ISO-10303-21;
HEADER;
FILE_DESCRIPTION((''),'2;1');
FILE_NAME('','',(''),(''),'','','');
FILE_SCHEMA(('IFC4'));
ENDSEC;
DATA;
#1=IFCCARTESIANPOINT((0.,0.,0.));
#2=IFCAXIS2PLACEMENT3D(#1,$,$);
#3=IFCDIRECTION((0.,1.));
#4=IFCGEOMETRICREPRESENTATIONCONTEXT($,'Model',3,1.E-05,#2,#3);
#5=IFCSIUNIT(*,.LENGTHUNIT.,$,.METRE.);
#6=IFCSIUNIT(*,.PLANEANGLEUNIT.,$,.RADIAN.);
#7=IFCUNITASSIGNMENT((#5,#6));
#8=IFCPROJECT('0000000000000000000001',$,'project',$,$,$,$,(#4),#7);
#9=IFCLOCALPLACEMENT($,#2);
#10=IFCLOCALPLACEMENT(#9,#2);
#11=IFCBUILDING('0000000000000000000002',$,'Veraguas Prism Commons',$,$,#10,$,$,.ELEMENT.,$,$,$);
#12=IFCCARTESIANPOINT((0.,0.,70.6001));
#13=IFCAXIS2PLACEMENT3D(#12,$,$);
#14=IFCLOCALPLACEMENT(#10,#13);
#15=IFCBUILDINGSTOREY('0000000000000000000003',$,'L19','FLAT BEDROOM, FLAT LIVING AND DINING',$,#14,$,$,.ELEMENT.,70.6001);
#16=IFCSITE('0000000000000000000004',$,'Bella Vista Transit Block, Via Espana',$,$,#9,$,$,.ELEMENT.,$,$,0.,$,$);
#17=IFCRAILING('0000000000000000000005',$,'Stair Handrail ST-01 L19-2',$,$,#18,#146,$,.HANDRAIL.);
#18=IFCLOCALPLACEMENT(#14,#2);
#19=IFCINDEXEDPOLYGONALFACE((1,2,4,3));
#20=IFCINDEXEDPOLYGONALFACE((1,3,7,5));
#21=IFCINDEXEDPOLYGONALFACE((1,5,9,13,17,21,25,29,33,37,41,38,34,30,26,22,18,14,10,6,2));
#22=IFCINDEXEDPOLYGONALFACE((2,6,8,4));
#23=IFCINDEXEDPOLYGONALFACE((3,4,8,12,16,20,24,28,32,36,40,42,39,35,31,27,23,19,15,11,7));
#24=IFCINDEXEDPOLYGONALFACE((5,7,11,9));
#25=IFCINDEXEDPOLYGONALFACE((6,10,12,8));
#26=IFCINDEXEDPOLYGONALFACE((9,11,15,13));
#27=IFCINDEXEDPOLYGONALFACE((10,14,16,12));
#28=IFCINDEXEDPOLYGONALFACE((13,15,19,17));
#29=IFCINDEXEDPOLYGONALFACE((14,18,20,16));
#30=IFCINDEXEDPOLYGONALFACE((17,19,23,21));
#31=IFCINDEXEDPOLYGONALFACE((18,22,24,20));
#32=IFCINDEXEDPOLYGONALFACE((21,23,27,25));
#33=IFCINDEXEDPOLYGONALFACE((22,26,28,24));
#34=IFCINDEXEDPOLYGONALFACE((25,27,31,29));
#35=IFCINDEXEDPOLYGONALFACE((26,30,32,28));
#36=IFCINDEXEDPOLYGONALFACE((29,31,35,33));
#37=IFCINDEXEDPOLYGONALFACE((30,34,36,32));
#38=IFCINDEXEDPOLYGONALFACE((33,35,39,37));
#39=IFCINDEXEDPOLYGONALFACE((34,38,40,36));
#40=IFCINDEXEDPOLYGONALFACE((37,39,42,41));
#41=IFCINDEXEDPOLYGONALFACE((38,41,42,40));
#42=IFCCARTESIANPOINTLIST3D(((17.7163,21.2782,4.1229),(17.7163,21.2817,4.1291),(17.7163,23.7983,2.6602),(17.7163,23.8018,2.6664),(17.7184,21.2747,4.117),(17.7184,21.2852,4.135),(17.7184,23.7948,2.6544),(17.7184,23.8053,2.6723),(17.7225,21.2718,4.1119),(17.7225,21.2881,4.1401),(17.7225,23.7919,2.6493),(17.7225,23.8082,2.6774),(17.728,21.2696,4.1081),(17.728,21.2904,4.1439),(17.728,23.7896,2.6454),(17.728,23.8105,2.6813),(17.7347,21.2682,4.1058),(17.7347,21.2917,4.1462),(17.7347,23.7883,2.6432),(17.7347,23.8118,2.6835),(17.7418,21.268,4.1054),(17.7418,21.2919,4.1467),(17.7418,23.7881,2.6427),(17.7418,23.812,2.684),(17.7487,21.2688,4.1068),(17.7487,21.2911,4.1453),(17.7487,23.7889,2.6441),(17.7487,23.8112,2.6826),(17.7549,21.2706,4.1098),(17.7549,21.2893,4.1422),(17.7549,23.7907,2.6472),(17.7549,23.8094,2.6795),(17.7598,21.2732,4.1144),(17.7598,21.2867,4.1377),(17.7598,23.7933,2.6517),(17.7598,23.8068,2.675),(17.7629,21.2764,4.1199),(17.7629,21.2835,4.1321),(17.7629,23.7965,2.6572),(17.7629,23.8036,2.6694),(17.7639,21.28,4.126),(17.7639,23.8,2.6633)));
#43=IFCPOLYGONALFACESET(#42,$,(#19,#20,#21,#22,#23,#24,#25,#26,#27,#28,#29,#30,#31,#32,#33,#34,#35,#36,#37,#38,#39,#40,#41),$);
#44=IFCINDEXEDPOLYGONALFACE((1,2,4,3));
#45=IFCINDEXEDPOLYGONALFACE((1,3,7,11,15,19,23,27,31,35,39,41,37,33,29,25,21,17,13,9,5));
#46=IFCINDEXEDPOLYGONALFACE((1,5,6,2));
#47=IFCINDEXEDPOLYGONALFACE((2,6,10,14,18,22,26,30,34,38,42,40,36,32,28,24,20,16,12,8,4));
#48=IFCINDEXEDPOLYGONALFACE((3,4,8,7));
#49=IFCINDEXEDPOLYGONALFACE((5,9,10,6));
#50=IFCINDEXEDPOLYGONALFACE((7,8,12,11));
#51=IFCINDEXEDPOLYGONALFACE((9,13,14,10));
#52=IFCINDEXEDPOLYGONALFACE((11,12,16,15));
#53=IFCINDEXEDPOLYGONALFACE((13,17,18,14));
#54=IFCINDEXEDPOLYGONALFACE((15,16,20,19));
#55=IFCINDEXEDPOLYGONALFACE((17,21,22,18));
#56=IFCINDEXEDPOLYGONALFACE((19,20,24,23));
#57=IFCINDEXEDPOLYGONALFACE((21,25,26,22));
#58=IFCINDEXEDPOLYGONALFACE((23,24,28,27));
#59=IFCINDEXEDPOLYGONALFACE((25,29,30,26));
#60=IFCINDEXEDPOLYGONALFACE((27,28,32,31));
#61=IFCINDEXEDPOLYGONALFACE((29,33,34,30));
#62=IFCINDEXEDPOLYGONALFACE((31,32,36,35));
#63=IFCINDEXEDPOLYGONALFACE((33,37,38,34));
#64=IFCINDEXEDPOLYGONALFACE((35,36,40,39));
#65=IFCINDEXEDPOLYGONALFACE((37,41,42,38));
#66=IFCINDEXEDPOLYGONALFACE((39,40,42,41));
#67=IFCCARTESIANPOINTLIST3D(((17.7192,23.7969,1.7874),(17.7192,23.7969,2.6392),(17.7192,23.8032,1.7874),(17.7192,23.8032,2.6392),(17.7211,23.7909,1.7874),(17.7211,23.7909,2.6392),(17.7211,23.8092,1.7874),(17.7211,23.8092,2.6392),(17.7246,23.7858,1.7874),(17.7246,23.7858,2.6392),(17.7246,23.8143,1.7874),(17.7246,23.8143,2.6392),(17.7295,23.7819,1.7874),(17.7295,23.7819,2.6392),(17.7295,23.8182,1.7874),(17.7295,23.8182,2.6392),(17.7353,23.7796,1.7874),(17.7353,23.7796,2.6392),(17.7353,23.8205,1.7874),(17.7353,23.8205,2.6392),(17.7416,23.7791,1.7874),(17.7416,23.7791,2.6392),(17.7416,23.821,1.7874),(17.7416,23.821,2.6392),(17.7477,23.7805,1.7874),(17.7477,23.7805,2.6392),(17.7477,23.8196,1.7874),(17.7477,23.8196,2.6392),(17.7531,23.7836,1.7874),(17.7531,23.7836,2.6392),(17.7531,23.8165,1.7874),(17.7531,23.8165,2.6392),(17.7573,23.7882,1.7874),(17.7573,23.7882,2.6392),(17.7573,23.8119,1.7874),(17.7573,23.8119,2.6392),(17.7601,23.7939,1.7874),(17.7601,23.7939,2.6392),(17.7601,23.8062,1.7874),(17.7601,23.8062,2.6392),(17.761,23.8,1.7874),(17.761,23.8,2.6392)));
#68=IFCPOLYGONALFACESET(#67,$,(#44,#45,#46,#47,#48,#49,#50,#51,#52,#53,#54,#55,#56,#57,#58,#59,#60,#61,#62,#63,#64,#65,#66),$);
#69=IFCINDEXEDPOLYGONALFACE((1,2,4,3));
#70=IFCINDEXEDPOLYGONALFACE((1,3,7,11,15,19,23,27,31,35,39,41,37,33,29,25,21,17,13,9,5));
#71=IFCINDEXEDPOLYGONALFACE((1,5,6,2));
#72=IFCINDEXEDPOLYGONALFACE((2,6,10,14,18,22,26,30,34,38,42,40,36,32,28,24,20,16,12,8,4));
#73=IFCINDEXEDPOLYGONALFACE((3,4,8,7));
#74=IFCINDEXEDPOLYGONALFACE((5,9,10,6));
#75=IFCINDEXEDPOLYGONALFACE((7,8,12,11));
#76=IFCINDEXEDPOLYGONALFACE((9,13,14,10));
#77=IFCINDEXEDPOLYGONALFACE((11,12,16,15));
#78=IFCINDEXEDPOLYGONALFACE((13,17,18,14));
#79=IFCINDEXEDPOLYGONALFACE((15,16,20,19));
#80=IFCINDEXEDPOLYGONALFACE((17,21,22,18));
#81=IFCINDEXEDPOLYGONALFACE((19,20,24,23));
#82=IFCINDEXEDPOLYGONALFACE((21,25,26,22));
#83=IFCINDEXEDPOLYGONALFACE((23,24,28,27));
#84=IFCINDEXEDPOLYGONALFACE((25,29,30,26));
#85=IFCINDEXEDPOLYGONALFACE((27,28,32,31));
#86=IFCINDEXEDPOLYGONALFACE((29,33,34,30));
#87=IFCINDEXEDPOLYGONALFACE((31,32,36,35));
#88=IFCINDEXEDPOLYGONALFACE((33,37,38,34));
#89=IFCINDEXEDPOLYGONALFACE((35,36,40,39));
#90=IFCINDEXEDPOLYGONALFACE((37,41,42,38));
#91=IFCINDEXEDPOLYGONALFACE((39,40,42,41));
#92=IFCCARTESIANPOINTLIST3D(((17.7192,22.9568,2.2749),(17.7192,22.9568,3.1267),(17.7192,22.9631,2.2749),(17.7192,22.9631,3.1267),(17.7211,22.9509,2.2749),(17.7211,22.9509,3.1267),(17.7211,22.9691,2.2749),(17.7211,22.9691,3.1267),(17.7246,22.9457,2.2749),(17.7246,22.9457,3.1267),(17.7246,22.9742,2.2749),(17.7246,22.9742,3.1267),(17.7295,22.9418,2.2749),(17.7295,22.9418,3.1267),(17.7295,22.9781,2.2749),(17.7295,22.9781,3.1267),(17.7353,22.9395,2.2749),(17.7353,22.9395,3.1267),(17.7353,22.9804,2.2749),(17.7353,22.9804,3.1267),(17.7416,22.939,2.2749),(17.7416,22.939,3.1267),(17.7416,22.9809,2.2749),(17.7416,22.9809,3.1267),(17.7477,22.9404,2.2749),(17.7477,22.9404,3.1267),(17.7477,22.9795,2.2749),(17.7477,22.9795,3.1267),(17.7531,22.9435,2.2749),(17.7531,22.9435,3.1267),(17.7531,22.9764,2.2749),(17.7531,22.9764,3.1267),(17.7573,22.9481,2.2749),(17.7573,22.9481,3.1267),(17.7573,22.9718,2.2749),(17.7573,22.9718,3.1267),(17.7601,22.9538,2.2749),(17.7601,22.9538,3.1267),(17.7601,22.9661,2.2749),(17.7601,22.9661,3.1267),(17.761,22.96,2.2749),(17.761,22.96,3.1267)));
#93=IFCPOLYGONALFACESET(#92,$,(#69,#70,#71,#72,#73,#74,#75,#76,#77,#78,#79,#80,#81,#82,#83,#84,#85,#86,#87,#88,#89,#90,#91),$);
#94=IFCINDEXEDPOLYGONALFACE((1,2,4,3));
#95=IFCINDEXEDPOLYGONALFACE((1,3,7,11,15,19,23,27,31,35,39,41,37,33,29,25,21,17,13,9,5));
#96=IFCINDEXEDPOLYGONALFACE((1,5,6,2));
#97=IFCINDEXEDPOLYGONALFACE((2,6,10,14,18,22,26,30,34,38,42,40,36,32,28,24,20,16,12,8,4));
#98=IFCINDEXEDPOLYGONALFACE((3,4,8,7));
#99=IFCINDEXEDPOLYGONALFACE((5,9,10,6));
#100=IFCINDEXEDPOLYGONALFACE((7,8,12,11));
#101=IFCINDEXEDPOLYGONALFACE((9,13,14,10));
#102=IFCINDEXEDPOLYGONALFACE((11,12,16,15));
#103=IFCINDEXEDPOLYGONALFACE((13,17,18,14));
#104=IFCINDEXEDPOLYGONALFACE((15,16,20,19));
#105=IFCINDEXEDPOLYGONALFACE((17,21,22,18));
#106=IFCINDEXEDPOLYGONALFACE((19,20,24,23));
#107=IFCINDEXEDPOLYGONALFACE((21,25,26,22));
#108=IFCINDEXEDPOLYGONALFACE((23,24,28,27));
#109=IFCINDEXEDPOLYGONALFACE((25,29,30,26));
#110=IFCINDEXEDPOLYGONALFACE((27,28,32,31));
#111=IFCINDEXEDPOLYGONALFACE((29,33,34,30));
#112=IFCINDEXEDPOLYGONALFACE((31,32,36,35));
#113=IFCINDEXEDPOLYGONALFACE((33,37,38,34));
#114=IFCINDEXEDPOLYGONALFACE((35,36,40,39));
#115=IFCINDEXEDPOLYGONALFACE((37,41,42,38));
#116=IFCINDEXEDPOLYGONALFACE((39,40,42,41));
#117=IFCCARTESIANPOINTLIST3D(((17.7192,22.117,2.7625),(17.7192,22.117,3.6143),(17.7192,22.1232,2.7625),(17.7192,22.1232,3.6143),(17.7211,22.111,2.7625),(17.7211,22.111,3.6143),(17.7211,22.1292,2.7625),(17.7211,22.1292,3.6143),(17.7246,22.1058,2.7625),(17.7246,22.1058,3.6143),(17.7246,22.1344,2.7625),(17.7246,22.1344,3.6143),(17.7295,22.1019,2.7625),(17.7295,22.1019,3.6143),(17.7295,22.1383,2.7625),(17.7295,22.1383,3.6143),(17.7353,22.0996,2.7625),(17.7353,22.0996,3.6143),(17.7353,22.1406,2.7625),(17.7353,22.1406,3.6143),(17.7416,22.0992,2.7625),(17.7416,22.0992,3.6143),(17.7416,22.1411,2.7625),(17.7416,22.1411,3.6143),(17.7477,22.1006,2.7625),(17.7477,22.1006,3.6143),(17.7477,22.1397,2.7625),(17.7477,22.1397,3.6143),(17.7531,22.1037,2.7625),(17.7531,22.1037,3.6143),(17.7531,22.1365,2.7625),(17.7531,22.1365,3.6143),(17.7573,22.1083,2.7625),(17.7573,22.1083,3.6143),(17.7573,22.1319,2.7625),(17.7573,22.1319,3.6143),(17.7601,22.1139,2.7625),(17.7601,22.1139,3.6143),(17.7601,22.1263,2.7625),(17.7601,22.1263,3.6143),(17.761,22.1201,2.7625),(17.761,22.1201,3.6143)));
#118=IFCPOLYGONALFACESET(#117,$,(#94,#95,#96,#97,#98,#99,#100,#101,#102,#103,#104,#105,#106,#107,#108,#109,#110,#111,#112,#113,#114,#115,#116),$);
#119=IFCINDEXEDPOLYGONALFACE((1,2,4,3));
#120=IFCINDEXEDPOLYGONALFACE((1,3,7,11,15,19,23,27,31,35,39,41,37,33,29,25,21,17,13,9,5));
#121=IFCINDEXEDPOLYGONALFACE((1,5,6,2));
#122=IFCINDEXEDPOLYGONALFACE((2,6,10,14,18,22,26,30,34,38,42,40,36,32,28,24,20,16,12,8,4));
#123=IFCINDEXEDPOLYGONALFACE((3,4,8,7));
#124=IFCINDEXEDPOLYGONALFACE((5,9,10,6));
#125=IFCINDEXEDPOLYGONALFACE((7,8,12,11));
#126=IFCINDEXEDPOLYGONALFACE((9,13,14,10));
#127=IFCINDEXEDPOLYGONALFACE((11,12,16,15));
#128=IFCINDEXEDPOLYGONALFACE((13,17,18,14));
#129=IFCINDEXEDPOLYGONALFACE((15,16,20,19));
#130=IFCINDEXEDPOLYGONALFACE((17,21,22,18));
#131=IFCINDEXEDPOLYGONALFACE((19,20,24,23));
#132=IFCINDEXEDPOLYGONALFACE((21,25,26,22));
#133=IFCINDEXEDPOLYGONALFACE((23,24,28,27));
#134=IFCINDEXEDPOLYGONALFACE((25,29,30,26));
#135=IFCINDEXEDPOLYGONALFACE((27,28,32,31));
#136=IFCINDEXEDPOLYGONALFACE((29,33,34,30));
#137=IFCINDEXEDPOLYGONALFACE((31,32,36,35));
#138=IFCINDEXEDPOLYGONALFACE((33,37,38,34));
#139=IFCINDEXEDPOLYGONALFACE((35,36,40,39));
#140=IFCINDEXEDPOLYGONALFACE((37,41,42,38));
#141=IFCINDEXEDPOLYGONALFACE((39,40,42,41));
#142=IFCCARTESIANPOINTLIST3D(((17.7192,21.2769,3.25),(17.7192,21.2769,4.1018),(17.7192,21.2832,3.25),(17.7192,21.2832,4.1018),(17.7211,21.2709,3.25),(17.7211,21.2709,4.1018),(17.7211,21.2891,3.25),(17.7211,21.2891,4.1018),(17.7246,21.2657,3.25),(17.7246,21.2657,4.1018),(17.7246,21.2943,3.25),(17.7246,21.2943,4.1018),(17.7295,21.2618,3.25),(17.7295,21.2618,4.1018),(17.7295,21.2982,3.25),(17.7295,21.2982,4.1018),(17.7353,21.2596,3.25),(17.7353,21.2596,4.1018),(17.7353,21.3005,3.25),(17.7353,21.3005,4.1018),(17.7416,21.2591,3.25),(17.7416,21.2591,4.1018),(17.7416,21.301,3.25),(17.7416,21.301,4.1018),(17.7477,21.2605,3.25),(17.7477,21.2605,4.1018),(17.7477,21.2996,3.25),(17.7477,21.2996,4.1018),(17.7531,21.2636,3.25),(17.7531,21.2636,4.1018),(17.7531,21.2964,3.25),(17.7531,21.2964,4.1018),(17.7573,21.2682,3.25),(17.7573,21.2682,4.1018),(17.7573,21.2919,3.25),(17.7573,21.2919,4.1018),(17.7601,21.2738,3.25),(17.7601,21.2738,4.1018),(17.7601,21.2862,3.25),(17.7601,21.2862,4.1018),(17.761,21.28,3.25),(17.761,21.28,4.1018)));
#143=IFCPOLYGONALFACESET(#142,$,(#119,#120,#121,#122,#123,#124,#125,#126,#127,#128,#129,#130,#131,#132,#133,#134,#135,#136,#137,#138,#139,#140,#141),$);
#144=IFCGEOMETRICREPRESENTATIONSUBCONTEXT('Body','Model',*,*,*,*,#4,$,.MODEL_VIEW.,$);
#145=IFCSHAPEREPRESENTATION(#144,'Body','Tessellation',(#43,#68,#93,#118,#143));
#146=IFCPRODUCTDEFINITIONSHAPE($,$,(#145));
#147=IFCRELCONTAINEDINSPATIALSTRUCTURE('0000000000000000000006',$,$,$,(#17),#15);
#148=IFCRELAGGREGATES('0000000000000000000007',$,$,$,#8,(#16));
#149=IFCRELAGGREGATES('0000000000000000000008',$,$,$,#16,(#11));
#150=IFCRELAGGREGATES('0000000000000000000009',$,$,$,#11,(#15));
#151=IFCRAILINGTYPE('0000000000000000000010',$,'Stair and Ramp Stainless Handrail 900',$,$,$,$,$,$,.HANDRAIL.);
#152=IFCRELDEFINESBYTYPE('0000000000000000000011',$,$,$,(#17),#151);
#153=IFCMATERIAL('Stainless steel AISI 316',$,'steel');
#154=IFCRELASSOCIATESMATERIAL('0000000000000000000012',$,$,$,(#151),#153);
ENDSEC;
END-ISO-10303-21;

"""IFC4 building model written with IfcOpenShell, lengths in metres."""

from ifc_helpers import new_model, si_unit, direction, frame, origin, origin_2d, place, context, subcontext, project, spatial, circle, extrude, material, type_object, element, save


model = new_model("IFC4")

# Units and contexts
model_context = context("Model", 3, precision=1e-05, world=origin(), true_north=direction((0.0, 1.0)))
body_context = subcontext(model_context, "Body", "Model", "MODEL_VIEW")
ifc_project = project(units=[si_unit("LENGTHUNIT", "METRE"), si_unit("PLANEANGLEUNIT", "RADIAN")], contexts=[model_context])

# Site, building, storey
site_placement = place(None, origin())
site = spatial("IfcSite", under=ifc_project, at=site_placement, Name="Bella Vista Transit Block, Via Espana", CompositionType="ELEMENT", RefElevation=0.0)
building_placement = place(site_placement, origin())
building = spatial("IfcBuilding", under=site, at=building_placement, Name="Veraguas Prism Commons", CompositionType="ELEMENT")
storey_placement = place(building_placement, frame((0.0, 0.0, 70.6001)))
storey = spatial("IfcBuildingStorey", under=building, at=storey_placement, Name="L19", Description="FLAT BEDROOM, FLAT LIVING AND DINING", CompositionType="ELEMENT", Elevation=70.6001)

# Railing
ifc_material_1 = material(Name="Stainless steel AISI 316", Category="steel")
railing_type_1 = type_object("IfcRailingType", Name="Stair and Ramp Stainless Handrail 900", PredefinedType="HANDRAIL", material=ifc_material_1)
railing_1_placement = place(storey_placement, frame((17.74, 23.8, 1.7874)))
element("IfcRailing", 1, at=railing_1_placement, inside=storey, type_object=railing_type_1, Name="Stair Handrail ST-01 L19-2", PredefinedType="HANDRAIL", context=body_context, shape_type="SweptSolid", body=[
    extrude(circle(Radius=0.0239, at=origin_2d()), frame((0.0, 0.0, 0.876), z_axis=(0.0, -0.864877, 0.501984), x_axis=(1.0, 0.0, 0.0)), (0.0, 0.0, 1.0), 2.9138),
    extrude(circle(Radius=0.021, at=origin_2d()), origin(), (0.0, 0.0, 1.0), 0.8518),
    extrude(circle(Radius=0.021, at=origin_2d()), frame((0.0, -0.8401, 0.4875)), (0.0, 0.0, 1.0), 0.8518),
    extrude(circle(Radius=0.021, at=origin_2d()), frame((0.0, -1.6799, 0.9751)), (0.0, 0.0, 1.0), 0.8518),
    extrude(circle(Radius=0.021, at=origin_2d()), frame((0.0, -2.52, 1.4626)), (0.0, 0.0, 1.0), 0.8518),
])

save(model, "model.ifc")
